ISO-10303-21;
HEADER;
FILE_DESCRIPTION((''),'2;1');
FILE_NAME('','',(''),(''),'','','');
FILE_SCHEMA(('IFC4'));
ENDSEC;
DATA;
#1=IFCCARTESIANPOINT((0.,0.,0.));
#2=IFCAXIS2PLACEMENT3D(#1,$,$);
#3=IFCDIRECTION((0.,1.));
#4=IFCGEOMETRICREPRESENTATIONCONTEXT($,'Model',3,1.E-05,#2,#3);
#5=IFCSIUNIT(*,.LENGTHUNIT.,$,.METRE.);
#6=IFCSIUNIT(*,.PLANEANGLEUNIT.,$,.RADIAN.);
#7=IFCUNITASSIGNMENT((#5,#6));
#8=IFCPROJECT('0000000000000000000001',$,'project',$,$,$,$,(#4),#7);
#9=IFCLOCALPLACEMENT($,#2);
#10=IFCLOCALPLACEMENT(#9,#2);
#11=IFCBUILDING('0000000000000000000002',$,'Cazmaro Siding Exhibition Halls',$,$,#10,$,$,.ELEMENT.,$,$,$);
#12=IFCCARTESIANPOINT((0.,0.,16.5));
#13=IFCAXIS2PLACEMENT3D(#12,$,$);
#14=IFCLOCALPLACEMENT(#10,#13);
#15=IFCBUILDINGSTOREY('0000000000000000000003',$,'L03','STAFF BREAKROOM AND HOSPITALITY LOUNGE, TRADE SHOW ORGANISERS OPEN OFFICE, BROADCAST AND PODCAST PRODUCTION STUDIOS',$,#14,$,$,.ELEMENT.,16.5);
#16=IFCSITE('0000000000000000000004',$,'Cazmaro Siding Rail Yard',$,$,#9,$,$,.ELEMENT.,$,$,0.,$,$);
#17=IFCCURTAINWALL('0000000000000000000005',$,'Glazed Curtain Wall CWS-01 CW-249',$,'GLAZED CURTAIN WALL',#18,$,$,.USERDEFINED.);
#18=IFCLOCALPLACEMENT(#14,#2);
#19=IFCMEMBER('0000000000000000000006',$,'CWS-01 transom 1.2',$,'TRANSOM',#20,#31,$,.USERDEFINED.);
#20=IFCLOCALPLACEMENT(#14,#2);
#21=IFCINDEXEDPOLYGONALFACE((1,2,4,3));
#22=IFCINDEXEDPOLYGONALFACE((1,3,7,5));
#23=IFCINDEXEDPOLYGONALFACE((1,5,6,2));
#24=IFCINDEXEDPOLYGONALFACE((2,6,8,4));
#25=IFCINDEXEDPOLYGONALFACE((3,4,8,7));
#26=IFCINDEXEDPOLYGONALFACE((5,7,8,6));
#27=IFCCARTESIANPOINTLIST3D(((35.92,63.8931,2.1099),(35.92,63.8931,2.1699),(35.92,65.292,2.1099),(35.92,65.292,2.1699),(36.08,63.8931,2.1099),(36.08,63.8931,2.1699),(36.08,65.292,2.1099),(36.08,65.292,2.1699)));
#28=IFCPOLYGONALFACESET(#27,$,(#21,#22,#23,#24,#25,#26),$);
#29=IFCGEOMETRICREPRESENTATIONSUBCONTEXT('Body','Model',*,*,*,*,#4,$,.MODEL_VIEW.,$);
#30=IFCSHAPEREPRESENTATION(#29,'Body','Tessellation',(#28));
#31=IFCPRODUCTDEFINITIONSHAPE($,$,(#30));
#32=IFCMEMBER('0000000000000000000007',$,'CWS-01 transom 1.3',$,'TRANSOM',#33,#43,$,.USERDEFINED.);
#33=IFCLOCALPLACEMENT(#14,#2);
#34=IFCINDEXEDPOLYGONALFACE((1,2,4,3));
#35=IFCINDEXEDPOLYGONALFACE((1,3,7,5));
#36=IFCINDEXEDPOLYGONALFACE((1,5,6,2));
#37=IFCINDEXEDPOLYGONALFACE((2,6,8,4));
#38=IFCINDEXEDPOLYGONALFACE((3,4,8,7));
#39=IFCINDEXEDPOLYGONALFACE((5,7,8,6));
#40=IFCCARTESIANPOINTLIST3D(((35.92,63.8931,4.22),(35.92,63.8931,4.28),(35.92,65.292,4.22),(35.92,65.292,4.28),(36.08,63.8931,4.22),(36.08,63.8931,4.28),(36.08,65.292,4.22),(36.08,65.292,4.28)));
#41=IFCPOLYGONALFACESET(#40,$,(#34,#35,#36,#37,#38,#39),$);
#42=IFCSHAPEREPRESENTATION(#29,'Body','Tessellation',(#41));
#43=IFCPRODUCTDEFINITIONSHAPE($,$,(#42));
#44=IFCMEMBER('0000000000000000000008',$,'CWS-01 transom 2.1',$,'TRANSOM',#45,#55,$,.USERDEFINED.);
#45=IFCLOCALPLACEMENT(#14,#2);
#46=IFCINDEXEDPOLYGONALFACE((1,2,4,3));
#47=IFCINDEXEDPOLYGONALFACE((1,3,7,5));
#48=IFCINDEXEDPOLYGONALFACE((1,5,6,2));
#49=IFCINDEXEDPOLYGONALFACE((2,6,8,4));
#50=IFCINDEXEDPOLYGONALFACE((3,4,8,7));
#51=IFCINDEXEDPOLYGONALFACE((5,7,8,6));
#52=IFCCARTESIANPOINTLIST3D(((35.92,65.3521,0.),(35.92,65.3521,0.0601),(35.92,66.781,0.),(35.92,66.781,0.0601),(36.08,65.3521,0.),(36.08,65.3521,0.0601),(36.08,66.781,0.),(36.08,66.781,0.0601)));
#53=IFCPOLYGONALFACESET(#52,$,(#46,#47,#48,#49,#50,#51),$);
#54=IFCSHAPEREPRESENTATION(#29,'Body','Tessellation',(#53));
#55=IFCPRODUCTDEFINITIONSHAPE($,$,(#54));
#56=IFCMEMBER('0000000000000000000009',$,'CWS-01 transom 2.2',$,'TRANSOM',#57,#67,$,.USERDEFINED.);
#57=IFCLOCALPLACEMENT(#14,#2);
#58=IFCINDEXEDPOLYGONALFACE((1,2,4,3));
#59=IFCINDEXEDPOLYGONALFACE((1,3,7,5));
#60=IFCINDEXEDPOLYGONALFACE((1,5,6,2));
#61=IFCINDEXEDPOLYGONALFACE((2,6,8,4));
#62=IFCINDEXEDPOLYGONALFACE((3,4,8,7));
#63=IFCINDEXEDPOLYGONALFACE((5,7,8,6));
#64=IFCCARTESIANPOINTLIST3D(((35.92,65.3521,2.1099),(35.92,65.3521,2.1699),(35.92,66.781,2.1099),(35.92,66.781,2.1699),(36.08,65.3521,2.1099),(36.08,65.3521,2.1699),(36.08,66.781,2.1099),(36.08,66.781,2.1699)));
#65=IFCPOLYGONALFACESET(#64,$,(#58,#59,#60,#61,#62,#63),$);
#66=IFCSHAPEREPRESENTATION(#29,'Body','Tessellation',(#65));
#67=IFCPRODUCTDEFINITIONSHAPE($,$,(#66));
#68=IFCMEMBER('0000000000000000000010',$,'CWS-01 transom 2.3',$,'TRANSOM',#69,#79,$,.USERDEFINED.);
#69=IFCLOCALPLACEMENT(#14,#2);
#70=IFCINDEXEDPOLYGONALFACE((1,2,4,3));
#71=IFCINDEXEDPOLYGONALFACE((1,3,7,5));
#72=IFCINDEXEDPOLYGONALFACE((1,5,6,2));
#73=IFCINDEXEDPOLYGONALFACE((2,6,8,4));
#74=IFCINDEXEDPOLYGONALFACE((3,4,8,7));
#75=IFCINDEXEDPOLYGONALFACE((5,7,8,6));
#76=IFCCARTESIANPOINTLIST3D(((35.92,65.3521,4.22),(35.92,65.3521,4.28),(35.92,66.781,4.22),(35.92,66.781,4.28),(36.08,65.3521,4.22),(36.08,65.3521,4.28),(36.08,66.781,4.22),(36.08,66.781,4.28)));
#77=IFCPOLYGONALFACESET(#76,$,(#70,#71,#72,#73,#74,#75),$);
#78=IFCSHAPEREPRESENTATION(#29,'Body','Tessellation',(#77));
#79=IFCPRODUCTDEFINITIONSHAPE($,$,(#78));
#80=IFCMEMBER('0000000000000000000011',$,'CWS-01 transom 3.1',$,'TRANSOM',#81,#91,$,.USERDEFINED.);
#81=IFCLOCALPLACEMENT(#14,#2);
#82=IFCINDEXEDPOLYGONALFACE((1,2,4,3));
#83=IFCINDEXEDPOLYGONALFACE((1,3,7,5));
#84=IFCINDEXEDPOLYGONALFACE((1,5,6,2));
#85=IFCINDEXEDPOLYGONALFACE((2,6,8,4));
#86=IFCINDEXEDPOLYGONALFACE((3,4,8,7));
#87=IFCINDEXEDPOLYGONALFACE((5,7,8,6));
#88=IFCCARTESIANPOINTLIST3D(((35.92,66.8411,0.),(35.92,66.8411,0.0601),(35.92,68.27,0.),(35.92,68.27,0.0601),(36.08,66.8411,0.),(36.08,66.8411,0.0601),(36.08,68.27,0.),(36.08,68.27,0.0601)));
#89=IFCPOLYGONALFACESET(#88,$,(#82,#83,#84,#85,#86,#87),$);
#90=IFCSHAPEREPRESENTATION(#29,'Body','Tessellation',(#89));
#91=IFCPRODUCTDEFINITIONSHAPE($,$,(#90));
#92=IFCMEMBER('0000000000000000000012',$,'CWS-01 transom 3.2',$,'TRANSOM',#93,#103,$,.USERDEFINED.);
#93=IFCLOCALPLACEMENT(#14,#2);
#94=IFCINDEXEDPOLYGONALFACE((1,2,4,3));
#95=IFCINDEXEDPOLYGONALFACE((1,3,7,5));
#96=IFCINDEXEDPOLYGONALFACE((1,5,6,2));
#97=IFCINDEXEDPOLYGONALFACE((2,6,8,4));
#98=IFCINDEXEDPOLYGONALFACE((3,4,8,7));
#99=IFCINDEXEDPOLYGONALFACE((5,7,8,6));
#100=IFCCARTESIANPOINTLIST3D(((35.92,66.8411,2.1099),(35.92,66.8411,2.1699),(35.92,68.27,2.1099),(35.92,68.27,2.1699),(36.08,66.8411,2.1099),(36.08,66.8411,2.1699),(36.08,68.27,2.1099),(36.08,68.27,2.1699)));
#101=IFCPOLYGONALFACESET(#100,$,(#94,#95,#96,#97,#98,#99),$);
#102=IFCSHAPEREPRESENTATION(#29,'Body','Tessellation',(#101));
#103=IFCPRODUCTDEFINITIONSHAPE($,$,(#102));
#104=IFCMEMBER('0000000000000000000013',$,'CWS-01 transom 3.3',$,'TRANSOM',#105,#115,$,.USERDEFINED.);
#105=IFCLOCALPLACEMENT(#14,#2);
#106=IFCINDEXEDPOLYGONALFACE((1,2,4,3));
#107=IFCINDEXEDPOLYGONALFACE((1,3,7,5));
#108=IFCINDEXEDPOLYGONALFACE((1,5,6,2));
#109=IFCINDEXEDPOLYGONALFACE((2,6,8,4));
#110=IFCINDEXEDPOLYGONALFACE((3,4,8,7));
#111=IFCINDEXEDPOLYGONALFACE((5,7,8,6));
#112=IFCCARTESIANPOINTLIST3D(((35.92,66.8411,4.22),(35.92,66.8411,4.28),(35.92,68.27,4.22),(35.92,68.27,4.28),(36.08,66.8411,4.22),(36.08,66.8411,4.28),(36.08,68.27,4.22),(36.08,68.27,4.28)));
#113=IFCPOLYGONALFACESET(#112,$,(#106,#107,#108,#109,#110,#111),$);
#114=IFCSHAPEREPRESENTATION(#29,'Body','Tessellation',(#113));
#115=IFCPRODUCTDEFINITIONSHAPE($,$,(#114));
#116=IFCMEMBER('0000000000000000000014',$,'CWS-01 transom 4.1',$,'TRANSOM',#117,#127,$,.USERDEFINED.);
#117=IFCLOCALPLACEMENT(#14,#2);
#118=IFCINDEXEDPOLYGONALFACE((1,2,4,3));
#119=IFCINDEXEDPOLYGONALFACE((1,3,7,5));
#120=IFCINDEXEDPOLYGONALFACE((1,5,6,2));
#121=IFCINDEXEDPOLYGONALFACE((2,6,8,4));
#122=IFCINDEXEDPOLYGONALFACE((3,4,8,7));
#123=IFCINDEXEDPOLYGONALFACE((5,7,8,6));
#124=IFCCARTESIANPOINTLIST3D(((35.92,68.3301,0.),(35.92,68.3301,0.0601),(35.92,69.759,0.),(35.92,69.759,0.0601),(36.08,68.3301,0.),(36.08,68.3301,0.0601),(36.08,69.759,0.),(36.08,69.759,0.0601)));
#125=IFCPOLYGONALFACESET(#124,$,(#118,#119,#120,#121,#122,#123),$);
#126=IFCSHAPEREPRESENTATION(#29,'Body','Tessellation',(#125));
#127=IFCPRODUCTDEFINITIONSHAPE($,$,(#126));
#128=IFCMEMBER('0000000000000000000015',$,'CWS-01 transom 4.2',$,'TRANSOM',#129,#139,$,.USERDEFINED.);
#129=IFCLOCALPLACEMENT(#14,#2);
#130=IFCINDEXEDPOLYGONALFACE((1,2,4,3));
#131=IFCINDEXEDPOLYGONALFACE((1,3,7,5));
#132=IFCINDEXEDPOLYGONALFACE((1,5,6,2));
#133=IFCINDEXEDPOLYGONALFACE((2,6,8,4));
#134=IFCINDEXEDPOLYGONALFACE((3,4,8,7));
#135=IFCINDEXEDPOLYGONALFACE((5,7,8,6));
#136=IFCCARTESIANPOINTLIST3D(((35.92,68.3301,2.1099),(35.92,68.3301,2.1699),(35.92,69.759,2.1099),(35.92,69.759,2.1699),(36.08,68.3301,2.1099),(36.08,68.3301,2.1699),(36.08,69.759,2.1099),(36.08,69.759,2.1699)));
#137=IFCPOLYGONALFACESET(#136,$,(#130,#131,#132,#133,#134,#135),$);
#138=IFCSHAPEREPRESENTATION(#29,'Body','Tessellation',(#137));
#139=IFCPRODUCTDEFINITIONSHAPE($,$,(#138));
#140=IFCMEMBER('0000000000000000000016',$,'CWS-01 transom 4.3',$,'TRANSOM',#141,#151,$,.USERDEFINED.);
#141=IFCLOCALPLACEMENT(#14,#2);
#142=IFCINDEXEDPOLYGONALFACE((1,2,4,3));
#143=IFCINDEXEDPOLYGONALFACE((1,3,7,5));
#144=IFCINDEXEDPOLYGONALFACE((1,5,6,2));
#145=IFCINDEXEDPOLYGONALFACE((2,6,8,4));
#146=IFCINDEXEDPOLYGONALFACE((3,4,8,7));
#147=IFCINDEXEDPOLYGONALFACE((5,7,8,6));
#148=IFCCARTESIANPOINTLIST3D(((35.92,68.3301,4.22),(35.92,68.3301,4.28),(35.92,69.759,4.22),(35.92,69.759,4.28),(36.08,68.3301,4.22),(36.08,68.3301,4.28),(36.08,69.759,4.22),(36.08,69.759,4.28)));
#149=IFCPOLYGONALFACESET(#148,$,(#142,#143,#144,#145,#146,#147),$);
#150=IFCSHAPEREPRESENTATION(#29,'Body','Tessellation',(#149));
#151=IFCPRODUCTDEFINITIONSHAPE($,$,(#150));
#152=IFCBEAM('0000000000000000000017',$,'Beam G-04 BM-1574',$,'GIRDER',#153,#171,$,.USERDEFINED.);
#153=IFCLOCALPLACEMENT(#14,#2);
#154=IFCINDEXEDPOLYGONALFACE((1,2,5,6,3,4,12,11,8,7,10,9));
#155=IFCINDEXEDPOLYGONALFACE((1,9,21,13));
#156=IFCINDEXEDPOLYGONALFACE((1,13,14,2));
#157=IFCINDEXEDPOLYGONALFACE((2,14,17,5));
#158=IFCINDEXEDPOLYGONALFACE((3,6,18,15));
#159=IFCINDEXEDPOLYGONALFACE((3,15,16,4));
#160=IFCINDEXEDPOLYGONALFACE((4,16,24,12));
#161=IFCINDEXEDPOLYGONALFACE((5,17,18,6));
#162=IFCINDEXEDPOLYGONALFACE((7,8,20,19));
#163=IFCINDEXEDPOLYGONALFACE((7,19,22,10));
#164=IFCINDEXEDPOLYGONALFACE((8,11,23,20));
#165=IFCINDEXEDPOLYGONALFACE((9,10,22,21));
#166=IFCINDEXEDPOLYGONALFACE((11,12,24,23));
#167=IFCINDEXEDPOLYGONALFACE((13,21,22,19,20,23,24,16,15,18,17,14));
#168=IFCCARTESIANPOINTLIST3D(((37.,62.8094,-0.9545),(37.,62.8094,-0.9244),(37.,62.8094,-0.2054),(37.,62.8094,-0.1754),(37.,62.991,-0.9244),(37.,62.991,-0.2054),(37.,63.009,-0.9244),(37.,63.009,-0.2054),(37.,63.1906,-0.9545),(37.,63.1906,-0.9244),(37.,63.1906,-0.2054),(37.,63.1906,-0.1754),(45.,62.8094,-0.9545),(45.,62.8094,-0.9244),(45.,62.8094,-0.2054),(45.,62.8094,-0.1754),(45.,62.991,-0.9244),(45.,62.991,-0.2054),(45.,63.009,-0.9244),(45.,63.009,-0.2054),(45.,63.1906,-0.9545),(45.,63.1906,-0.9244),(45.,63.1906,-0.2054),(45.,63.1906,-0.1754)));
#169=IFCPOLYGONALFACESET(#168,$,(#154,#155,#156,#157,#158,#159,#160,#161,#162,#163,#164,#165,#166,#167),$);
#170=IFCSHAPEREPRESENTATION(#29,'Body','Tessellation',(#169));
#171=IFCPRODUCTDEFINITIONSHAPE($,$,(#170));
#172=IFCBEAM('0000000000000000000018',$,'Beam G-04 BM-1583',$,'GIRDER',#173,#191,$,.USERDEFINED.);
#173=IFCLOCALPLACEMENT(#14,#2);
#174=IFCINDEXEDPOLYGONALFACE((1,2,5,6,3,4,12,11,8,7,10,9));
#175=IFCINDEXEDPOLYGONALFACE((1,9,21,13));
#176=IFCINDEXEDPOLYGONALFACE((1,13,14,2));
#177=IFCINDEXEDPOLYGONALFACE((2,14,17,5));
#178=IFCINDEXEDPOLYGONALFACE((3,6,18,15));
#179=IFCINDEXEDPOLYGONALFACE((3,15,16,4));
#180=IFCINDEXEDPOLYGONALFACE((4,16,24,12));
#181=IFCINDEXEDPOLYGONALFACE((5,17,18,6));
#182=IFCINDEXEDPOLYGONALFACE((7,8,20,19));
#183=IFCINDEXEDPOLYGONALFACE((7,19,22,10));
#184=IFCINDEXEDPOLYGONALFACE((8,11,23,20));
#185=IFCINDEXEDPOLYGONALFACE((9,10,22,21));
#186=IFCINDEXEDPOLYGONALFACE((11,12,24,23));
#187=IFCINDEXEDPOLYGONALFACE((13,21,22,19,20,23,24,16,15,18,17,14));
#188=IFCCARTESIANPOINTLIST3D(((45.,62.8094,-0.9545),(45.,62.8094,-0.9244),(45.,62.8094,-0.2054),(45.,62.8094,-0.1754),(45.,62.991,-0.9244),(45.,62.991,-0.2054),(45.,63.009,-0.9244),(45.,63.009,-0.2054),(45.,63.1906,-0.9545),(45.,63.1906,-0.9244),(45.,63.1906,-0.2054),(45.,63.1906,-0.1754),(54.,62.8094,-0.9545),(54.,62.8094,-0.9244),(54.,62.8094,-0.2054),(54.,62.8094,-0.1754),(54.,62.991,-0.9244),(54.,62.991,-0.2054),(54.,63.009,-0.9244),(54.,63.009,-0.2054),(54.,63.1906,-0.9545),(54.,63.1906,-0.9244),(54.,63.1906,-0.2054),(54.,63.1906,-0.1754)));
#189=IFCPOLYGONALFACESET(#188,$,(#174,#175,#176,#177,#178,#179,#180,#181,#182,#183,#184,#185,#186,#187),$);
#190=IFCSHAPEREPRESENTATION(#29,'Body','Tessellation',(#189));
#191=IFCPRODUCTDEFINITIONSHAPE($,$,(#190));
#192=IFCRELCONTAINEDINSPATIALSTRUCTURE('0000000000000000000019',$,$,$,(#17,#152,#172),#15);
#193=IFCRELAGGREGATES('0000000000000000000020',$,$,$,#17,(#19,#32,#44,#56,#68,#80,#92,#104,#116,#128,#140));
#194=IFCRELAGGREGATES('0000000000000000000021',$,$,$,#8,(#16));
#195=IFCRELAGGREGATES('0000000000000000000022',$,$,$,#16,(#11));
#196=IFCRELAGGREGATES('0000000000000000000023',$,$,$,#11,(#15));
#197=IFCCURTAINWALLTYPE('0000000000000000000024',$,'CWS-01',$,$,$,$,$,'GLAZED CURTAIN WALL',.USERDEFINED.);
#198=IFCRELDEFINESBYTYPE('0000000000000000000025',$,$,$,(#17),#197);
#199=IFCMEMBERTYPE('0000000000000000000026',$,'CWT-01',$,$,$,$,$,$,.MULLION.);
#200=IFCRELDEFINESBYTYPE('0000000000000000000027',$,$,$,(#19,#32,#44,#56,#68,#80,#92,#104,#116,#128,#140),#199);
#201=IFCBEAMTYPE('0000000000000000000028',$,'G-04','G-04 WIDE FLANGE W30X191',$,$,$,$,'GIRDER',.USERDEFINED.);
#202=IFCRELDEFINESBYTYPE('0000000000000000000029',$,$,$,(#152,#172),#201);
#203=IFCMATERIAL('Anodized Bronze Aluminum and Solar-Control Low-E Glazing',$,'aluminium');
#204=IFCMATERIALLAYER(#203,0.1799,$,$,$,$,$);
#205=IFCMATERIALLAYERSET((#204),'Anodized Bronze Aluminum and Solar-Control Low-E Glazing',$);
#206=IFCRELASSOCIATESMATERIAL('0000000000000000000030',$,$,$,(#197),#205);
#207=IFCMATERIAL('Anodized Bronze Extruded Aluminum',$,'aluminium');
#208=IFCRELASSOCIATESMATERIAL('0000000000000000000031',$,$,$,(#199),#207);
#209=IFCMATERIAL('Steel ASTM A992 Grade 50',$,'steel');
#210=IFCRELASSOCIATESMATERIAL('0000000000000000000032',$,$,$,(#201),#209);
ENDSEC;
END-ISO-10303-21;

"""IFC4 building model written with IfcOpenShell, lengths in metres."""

from ifc_helpers import new_model, si_unit, direction, frame, origin, origin_2d, place, context, subcontext, project, spatial, rectangle, i_section, extrude, material, layer, layer_set, material_profile, profile_set, type_object, element, aggregate, save


model = new_model("IFC4")

# Units and contexts
model_context = context("Model", 3, precision=1e-05, world=origin(), true_north=direction((0.0, 1.0)))
body_context = subcontext(model_context, "Body", "Model", "MODEL_VIEW")
ifc_project = project(units=[si_unit("LENGTHUNIT", "METRE"), si_unit("PLANEANGLEUNIT", "RADIAN")], contexts=[model_context])

# Site, building, storey
site_placement = place(None, origin())
site = spatial("IfcSite", under=ifc_project, at=site_placement, Name="Cazmaro Siding Rail Yard", CompositionType="ELEMENT", RefElevation=0.0)
building_placement = place(site_placement, origin())
building = spatial("IfcBuilding", under=site, at=building_placement, Name="Cazmaro Siding Exhibition Halls", CompositionType="ELEMENT")
storey_placement = place(building_placement, frame((0.0, 0.0, 16.5)))
storey = spatial("IfcBuildingStorey", under=building, at=storey_placement, Name="L03", Description="STAFF BREAKROOM AND HOSPITALITY LOUNGE, TRADE SHOW ORGANISERS OPEN OFFICE, BROADCAST AND PODCAST PRODUCTION STUDIOS", CompositionType="ELEMENT", Elevation=16.5)

# Curtain wall, members
ifc_material_1 = material(Name="Anodized Bronze Aluminum and Solar-Control Low-E Glazing", Category="aluminium")
ifc_layer_1 = layer(ifc_material_1, 0.1799)
ifc_layer_set_1 = layer_set([ifc_layer_1], Name="Anodized Bronze Aluminum and Solar-Control Low-E Glazing")
curtain_wall_type = type_object("IfcCurtainWallType", Name="CWS-01", ElementType="GLAZED CURTAIN WALL", PredefinedType="USERDEFINED", material=ifc_layer_set_1)
curtain_wall_placement = place(storey_placement, origin())
curtain_wall = element("IfcCurtainWall", 1, at=curtain_wall_placement, inside=storey, type_object=curtain_wall_type, Name="Glazed Curtain Wall CWS-01 CW-249", ObjectType="GLAZED CURTAIN WALL", PredefinedType="USERDEFINED")
ifc_material_2 = material(Name="Anodized Bronze Extruded Aluminum", Category="aluminium")
ifc_material_profile_1 = material_profile(ifc_material_2, rectangle(XDim=0.1599, YDim=0.0601, at=origin_2d()), Name="CWT-01")
ifc_profile_set_1 = profile_set([ifc_material_profile_1], Name="Anodized Bronze Extruded Aluminum")
member_type_1 = type_object("IfcMemberType", Name="CWT-01", PredefinedType="MULLION", material=ifc_profile_set_1)
member_1_placement = place(storey_placement, frame((36.0, 63.8931, 2.1399), z_axis=(0.0, 1.0, 0.0), x_axis=(-1.0, 0.0, 0.0)))
member_1 = element("IfcMember", 2, at=member_1_placement, type_object=member_type_1, Name="CWS-01 transom 1.2", ObjectType="TRANSOM", PredefinedType="USERDEFINED", context=body_context, shape_type="SweptSolid", body=[
    extrude(rectangle(XDim=0.1599, YDim=0.0601, at=origin_2d()), origin(), (0.0, 0.0, 1.0), 1.3989),
])
member_2_placement = place(storey_placement, frame((36.0, 63.8931, 4.25), z_axis=(0.0, 1.0, 0.0), x_axis=(-1.0, 0.0, 0.0)))
member_2 = element("IfcMember", 3, at=member_2_placement, type_object=member_type_1, Name="CWS-01 transom 1.3", ObjectType="TRANSOM", PredefinedType="USERDEFINED", context=body_context, shape_type="SweptSolid", body=[
    extrude(rectangle(XDim=0.1599, YDim=0.0601, at=origin_2d()), origin(), (0.0, 0.0, 1.0), 1.3989),
])
member_3_placement = place(storey_placement, frame((36.0, 65.3521, 0.03), z_axis=(0.0, 1.0, 0.0), x_axis=(-1.0, 0.0, 0.0)))
member_3 = element("IfcMember", 4, at=member_3_placement, type_object=member_type_1, Name="CWS-01 transom 2.1", ObjectType="TRANSOM", PredefinedType="USERDEFINED", context=body_context, shape_type="SweptSolid", body=[
    extrude(rectangle(XDim=0.1599, YDim=0.0601, at=origin_2d()), origin(), (0.0, 0.0, 1.0), 1.429),
])
member_4_placement = place(storey_placement, frame((36.0, 65.3521, 2.1399), z_axis=(0.0, 1.0, 0.0), x_axis=(-1.0, 0.0, 0.0)))
member_4 = element("IfcMember", 5, at=member_4_placement, type_object=member_type_1, Name="CWS-01 transom 2.2", ObjectType="TRANSOM", PredefinedType="USERDEFINED", context=body_context, shape_type="SweptSolid", body=[
    extrude(rectangle(XDim=0.1599, YDim=0.0601, at=origin_2d()), origin(), (0.0, 0.0, 1.0), 1.429),
])
member_5_placement = place(storey_placement, frame((36.0, 65.3521, 4.25), z_axis=(0.0, 1.0, 0.0), x_axis=(-1.0, 0.0, 0.0)))
member_5 = element("IfcMember", 6, at=member_5_placement, type_object=member_type_1, Name="CWS-01 transom 2.3", ObjectType="TRANSOM", PredefinedType="USERDEFINED", context=body_context, shape_type="SweptSolid", body=[
    extrude(rectangle(XDim=0.1599, YDim=0.0601, at=origin_2d()), origin(), (0.0, 0.0, 1.0), 1.429),
])
member_6_placement = place(storey_placement, frame((36.0, 66.8411, 0.03), z_axis=(0.0, 1.0, 0.0), x_axis=(-1.0, 0.0, 0.0)))
member_6 = element("IfcMember", 7, at=member_6_placement, type_object=member_type_1, Name="CWS-01 transom 3.1", ObjectType="TRANSOM", PredefinedType="USERDEFINED", context=body_context, shape_type="SweptSolid", body=[
    extrude(rectangle(XDim=0.1599, YDim=0.0601, at=origin_2d()), origin(), (0.0, 0.0, 1.0), 1.429),
])
member_7_placement = place(storey_placement, frame((36.0, 66.8411, 2.1399), z_axis=(0.0, 1.0, 0.0), x_axis=(-1.0, 0.0, 0.0)))
member_7 = element("IfcMember", 8, at=member_7_placement, type_object=member_type_1, Name="CWS-01 transom 3.2", ObjectType="TRANSOM", PredefinedType="USERDEFINED", context=body_context, shape_type="SweptSolid", body=[
    extrude(rectangle(XDim=0.1599, YDim=0.0601, at=origin_2d()), origin(), (0.0, 0.0, 1.0), 1.429),
])
member_8_placement = place(storey_placement, frame((36.0, 66.8411, 4.25), z_axis=(0.0, 1.0, 0.0), x_axis=(-1.0, 0.0, 0.0)))
member_8 = element("IfcMember", 9, at=member_8_placement, type_object=member_type_1, Name="CWS-01 transom 3.3", ObjectType="TRANSOM", PredefinedType="USERDEFINED", context=body_context, shape_type="SweptSolid", body=[
    extrude(rectangle(XDim=0.1599, YDim=0.0601, at=origin_2d()), origin(), (0.0, 0.0, 1.0), 1.429),
])
member_9_placement = place(storey_placement, frame((36.0, 68.3301, 0.03), z_axis=(0.0, 1.0, 0.0), x_axis=(-1.0, 0.0, 0.0)))
member_9 = element("IfcMember", 10, at=member_9_placement, type_object=member_type_1, Name="CWS-01 transom 4.1", ObjectType="TRANSOM", PredefinedType="USERDEFINED", context=body_context, shape_type="SweptSolid", body=[
    extrude(rectangle(XDim=0.1599, YDim=0.0601, at=origin_2d()), origin(), (0.0, 0.0, 1.0), 1.429),
])
member_10_placement = place(storey_placement, frame((36.0, 68.3301, 2.1399), z_axis=(0.0, 1.0, 0.0), x_axis=(-1.0, 0.0, 0.0)))
member_10 = element("IfcMember", 11, at=member_10_placement, type_object=member_type_1, Name="CWS-01 transom 4.2", ObjectType="TRANSOM", PredefinedType="USERDEFINED", context=body_context, shape_type="SweptSolid", body=[
    extrude(rectangle(XDim=0.1599, YDim=0.0601, at=origin_2d()), origin(), (0.0, 0.0, 1.0), 1.429),
])
member_11_placement = place(storey_placement, frame((36.0, 68.3301, 4.25), z_axis=(0.0, 1.0, 0.0), x_axis=(-1.0, 0.0, 0.0)))
member_11 = element("IfcMember", 12, at=member_11_placement, type_object=member_type_1, Name="CWS-01 transom 4.3", ObjectType="TRANSOM", PredefinedType="USERDEFINED", context=body_context, shape_type="SweptSolid", body=[
    extrude(rectangle(XDim=0.1599, YDim=0.0601, at=origin_2d()), origin(), (0.0, 0.0, 1.0), 1.429),
])

# Beams
ifc_material_3 = material(Name="Steel ASTM A992 Grade 50", Category="steel")
ifc_material_profile_2 = material_profile(ifc_material_3, i_section(OverallWidth=0.3811, OverallDepth=0.7791, WebThickness=0.0181, FlangeThickness=0.03, at=origin_2d()), Name="W30X191")
ifc_profile_set_2 = profile_set([ifc_material_profile_2], Name="Steel ASTM A992 Grade 50")
beam_type_1 = type_object("IfcBeamType", Name="G-04", Description="G-04 WIDE FLANGE W30X191", ElementType="GIRDER", PredefinedType="USERDEFINED", material=ifc_profile_set_2)
beam_1_placement = place(storey_placement, frame((37.0, 63.0, -0.5649), z_axis=(1.0, 0.0, 0.0), x_axis=(0.0, 1.0, 0.0)))
element("IfcBeam", 13, at=beam_1_placement, inside=storey, type_object=beam_type_1, Name="Beam G-04 BM-1574", ObjectType="GIRDER", PredefinedType="USERDEFINED", context=body_context, shape_type="SweptSolid", body=[
    extrude(i_section(OverallWidth=0.3811, OverallDepth=0.7791, WebThickness=0.0181, FlangeThickness=0.03, at=origin_2d()), origin(), (0.0, 0.0, 1.0), 8.0),
])
beam_2_placement = place(storey_placement, frame((45.0, 63.0, -0.5649), z_axis=(1.0, 0.0, 0.0), x_axis=(0.0, 1.0, 0.0)))
element("IfcBeam", 14, at=beam_2_placement, inside=storey, type_object=beam_type_1, Name="Beam G-04 BM-1583", ObjectType="GIRDER", PredefinedType="USERDEFINED", context=body_context, shape_type="SweptSolid", body=[
    extrude(i_section(OverallWidth=0.3811, OverallDepth=0.7791, WebThickness=0.0181, FlangeThickness=0.03, at=origin_2d()), origin(), (0.0, 0.0, 1.0), 9.0),
])

aggregate(curtain_wall, [member_1, member_2, member_3, member_4, member_5, member_6, member_7, member_8, member_9, member_10, member_11])

save(model, "model.ifc")
